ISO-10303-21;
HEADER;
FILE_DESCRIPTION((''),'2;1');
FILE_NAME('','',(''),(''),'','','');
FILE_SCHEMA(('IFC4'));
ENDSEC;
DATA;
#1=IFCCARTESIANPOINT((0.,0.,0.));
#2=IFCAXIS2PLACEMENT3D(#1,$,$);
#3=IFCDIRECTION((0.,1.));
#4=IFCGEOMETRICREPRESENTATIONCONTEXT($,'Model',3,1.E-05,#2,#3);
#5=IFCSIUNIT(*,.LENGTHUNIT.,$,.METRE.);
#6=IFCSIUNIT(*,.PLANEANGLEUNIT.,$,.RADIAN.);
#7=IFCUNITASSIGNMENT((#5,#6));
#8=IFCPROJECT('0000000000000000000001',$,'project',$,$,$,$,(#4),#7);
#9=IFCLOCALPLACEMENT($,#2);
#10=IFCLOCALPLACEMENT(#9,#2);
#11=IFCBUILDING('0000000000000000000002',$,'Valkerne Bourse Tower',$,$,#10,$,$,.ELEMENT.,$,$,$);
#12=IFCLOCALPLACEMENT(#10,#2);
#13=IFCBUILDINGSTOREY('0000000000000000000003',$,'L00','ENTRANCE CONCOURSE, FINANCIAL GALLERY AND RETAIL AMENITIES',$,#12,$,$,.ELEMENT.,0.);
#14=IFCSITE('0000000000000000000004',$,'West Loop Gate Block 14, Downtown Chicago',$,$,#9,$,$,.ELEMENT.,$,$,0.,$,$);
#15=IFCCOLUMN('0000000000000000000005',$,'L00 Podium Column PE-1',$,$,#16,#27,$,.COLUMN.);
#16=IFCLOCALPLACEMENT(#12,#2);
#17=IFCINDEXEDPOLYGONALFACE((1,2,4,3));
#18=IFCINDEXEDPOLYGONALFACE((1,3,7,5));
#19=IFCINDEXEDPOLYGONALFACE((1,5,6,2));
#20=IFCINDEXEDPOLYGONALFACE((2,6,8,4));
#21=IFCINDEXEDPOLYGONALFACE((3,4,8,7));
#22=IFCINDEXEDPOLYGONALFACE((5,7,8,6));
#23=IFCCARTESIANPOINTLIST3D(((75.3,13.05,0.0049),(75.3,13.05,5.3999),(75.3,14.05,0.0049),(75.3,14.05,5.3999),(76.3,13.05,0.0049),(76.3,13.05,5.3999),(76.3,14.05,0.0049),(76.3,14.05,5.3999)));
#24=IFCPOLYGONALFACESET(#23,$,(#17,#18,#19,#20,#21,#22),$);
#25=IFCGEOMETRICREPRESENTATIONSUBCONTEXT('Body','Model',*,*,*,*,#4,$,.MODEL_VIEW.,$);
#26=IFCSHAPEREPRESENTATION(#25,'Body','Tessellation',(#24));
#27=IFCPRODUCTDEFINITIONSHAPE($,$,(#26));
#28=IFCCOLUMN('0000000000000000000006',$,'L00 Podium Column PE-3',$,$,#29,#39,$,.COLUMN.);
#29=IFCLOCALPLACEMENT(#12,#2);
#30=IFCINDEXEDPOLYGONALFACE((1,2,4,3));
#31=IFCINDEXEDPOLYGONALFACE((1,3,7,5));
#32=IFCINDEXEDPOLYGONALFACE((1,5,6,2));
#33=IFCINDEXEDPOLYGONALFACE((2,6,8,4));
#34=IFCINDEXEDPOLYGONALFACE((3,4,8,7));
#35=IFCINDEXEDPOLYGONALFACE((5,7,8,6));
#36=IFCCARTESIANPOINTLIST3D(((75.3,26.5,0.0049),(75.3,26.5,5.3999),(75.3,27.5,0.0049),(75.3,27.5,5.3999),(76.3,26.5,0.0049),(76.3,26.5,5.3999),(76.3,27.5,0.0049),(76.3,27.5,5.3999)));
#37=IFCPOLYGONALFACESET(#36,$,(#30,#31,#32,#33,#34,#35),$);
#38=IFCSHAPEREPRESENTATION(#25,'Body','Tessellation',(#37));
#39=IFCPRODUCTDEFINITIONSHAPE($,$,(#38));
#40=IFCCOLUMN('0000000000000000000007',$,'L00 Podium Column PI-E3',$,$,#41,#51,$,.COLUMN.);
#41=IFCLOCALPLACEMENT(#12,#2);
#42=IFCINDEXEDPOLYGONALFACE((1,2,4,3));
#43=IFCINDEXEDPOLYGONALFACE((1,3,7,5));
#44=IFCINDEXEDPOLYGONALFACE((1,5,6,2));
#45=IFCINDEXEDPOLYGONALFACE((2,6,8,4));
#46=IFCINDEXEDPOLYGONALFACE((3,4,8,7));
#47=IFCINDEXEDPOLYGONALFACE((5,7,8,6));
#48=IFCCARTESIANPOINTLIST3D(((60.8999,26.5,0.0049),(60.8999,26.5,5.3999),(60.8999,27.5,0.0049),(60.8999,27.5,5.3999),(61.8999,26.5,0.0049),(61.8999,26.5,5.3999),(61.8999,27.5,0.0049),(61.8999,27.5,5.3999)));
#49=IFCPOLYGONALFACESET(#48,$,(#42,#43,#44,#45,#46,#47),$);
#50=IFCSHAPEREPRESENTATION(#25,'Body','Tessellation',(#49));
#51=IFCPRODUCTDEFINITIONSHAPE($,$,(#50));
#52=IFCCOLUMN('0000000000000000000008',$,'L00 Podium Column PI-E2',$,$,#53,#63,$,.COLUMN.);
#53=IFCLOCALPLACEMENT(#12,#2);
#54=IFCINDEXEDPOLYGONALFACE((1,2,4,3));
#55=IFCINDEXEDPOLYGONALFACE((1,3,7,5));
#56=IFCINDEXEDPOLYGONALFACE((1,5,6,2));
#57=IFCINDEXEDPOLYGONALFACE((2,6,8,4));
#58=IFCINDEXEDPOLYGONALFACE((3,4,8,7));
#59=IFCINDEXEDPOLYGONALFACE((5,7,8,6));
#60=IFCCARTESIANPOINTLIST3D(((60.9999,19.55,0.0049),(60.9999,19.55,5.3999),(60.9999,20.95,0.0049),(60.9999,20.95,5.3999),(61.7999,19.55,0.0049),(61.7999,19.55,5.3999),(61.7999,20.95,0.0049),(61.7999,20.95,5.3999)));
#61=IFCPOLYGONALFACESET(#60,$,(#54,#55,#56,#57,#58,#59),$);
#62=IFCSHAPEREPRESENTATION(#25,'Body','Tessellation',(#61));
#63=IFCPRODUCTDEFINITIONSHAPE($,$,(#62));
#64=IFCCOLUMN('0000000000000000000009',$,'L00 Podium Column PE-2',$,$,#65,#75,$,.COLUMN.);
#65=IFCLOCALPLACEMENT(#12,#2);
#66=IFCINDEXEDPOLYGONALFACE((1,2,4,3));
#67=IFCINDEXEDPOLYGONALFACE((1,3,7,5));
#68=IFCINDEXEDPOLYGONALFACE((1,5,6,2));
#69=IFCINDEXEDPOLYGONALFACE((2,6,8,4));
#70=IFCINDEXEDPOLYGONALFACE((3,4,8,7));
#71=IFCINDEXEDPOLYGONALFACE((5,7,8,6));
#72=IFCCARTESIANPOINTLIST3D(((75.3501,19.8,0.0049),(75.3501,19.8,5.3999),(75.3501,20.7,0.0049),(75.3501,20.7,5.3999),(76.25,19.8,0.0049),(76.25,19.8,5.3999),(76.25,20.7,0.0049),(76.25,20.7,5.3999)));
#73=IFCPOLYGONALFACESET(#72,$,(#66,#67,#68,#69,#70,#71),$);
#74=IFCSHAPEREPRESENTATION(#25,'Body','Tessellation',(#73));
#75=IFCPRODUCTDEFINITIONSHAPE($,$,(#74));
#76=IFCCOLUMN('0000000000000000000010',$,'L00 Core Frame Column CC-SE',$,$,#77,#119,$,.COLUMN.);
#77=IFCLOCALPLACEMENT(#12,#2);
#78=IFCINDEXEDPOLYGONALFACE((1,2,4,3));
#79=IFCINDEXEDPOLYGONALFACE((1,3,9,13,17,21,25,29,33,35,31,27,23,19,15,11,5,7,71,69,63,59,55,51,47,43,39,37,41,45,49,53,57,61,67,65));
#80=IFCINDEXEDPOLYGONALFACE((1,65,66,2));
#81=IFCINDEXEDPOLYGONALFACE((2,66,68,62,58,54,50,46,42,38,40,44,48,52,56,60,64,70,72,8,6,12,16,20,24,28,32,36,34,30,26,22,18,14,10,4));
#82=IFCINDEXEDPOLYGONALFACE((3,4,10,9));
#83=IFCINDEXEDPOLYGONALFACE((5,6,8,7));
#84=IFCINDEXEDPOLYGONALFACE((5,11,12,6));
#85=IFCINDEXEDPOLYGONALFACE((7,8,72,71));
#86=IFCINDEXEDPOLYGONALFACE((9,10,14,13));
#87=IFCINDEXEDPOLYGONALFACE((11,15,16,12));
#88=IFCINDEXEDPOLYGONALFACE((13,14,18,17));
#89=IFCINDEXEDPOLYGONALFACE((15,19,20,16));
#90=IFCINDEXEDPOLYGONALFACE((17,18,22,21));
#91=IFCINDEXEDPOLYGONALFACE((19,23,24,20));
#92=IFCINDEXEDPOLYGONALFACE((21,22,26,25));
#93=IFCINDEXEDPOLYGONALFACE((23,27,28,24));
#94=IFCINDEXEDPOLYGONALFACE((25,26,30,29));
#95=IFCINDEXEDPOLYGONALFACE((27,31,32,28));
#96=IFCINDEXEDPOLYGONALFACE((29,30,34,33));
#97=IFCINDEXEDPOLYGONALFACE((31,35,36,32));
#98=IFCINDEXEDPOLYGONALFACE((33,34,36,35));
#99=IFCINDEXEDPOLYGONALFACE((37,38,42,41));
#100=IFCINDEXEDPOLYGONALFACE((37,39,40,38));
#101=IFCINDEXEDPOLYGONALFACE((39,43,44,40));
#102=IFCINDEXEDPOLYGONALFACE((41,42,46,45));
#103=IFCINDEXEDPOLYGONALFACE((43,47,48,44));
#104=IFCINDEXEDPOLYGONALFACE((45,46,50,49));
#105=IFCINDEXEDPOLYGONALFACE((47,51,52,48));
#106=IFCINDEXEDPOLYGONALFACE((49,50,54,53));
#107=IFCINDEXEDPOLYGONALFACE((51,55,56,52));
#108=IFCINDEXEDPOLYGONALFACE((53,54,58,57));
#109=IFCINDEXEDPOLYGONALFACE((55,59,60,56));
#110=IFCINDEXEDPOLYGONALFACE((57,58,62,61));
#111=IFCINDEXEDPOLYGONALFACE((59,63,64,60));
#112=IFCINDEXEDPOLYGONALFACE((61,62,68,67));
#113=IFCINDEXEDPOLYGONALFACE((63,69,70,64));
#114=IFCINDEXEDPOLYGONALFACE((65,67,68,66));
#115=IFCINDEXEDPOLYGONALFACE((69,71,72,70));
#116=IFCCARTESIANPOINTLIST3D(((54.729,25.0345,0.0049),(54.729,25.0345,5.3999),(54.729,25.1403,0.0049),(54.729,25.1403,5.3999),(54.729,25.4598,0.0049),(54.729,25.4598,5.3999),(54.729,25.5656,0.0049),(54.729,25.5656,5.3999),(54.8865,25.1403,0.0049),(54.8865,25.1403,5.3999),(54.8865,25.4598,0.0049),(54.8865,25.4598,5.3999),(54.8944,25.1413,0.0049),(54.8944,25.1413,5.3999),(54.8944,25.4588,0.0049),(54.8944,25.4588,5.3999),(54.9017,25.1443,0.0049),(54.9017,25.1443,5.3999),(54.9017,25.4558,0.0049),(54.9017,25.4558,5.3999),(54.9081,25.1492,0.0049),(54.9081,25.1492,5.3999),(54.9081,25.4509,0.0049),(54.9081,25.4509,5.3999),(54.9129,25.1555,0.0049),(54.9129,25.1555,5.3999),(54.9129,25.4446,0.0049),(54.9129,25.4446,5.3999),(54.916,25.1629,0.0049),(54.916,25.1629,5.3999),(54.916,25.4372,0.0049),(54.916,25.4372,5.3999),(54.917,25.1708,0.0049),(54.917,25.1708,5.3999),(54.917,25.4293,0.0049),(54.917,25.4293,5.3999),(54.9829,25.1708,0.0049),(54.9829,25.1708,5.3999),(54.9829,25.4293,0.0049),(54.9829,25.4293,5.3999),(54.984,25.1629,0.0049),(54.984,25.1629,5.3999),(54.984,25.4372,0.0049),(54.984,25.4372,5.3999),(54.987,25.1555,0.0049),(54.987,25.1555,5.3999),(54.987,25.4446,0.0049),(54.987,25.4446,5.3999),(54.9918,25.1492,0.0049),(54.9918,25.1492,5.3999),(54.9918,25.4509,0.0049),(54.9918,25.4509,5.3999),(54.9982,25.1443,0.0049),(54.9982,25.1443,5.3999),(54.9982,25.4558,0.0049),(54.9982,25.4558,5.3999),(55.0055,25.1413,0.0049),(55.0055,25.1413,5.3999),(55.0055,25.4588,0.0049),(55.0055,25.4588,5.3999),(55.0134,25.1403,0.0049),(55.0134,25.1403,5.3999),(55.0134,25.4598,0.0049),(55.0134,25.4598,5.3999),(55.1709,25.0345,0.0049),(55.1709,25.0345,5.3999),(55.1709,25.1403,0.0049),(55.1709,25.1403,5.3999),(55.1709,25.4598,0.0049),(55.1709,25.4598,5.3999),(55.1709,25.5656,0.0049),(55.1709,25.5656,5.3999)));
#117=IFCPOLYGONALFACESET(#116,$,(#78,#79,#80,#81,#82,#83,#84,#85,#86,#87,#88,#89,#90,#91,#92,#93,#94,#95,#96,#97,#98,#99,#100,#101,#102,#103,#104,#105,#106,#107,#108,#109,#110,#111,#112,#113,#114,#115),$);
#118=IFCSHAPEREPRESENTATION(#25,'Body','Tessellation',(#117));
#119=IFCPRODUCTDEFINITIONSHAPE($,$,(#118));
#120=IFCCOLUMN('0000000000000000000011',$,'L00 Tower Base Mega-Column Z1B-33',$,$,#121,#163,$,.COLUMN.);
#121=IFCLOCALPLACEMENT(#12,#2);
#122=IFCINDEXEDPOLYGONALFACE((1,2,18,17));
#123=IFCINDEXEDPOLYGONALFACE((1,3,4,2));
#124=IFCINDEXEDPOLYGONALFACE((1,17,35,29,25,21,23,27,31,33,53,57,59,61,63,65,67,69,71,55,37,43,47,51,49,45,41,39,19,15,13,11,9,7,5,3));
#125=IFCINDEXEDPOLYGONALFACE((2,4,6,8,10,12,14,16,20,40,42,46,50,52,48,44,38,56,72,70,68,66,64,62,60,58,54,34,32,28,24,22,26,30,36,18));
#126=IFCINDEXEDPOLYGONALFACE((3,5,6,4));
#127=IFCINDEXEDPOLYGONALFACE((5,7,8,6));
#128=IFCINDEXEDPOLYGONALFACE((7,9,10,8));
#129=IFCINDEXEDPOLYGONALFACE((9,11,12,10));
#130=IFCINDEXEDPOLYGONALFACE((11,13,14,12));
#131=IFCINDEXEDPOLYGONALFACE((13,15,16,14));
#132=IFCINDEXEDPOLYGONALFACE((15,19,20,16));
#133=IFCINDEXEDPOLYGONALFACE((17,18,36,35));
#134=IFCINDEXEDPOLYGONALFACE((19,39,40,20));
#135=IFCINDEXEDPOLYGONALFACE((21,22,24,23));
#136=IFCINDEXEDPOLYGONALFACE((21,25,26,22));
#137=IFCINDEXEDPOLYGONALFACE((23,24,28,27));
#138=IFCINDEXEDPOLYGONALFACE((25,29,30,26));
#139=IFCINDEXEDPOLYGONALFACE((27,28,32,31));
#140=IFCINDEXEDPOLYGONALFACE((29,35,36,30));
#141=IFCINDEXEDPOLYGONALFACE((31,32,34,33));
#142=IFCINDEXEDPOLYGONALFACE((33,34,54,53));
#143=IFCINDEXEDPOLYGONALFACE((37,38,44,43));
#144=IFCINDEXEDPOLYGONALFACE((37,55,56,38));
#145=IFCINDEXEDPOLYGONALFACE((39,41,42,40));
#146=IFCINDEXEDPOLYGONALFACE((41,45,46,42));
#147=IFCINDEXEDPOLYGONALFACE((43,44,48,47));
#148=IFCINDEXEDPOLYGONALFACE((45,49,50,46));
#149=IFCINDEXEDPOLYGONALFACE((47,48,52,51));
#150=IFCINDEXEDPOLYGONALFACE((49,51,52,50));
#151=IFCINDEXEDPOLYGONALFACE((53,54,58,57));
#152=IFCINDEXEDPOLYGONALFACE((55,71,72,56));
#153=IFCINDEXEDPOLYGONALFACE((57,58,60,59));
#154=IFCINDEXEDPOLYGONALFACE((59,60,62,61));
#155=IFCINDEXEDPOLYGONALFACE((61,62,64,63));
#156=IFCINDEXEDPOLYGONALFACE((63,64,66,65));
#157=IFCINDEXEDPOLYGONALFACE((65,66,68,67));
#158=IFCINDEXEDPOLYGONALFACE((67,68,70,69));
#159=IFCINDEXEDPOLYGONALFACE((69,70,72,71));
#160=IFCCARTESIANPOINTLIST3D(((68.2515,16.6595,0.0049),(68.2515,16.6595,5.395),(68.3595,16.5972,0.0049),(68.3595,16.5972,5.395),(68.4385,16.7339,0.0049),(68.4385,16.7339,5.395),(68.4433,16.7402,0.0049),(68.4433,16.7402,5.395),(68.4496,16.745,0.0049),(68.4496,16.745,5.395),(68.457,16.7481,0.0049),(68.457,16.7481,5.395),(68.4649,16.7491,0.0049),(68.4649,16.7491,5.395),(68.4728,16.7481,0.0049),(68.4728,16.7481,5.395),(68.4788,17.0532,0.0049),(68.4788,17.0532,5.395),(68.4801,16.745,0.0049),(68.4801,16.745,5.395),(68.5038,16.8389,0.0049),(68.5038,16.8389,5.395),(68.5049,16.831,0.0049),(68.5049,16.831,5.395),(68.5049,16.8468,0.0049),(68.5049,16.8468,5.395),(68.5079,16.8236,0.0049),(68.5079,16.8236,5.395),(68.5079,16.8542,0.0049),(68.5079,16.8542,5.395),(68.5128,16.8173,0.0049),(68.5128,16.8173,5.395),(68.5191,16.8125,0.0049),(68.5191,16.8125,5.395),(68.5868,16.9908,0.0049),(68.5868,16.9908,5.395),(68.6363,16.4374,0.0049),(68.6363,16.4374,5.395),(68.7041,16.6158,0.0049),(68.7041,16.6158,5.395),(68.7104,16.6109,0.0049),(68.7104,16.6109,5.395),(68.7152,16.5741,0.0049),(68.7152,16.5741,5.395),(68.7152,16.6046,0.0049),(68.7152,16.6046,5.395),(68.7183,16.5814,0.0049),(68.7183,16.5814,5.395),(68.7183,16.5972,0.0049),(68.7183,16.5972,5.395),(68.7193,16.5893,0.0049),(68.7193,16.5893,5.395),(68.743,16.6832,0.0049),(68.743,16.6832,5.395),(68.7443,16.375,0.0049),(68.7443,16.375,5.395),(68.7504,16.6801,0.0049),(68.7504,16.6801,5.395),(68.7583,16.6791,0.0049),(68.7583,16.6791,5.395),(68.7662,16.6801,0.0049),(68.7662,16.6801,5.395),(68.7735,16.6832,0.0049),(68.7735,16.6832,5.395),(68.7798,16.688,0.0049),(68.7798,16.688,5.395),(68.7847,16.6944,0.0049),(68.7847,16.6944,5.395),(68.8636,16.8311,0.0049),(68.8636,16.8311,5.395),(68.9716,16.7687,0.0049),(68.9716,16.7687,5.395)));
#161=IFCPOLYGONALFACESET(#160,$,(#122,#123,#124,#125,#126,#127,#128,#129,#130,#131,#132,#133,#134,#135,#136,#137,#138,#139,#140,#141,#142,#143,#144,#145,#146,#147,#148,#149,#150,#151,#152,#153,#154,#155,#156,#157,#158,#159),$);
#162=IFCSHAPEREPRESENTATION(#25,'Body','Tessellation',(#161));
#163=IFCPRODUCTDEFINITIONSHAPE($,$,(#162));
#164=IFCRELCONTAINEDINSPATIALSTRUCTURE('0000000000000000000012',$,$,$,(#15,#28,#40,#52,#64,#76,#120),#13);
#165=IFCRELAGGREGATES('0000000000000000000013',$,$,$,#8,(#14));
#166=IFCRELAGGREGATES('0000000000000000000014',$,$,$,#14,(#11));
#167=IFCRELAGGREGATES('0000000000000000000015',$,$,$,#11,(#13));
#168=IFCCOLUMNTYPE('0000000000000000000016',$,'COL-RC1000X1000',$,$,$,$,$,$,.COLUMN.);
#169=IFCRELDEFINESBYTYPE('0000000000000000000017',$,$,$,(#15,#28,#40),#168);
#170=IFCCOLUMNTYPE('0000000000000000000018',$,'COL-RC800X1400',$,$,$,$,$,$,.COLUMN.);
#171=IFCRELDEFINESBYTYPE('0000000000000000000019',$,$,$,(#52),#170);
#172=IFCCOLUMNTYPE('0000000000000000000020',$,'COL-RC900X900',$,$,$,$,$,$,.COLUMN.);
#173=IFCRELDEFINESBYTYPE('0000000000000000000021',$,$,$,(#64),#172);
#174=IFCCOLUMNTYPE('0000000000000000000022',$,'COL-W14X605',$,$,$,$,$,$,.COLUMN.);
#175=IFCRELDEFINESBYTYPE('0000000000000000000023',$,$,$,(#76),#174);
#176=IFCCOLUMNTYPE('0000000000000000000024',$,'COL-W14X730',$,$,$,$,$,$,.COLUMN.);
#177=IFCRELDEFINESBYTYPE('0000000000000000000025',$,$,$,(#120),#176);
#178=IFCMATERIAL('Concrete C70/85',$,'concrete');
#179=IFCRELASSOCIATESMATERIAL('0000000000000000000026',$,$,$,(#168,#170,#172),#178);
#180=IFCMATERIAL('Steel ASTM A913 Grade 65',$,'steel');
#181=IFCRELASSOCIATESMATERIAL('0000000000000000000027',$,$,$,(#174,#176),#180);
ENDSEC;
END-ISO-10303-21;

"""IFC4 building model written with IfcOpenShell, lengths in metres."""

from ifc_helpers import new_model, si_unit, direction, frame, origin, origin_2d, place, context, subcontext, project, spatial, rectangle, i_section, extrude, material, material_profile, profile_set, type_object, element, save


model = new_model("IFC4")

# Units and contexts
model_context = context("Model", 3, precision=1e-05, world=origin(), true_north=direction((0.0, 1.0)))
body_context = subcontext(model_context, "Body", "Model", "MODEL_VIEW")
ifc_project = project(units=[si_unit("LENGTHUNIT", "METRE"), si_unit("PLANEANGLEUNIT", "RADIAN")], contexts=[model_context])

# Site, building, storey
site_placement = place(None, origin())
site = spatial("IfcSite", under=ifc_project, at=site_placement, Name="West Loop Gate Block 14, Downtown Chicago", CompositionType="ELEMENT", RefElevation=0.0)
building_placement = place(site_placement, origin())
building = spatial("IfcBuilding", under=site, at=building_placement, Name="Valkerne Bourse Tower", CompositionType="ELEMENT")
storey_placement = place(building_placement, origin())
storey = spatial("IfcBuildingStorey", under=building, at=storey_placement, Name="L00", Description="ENTRANCE CONCOURSE, FINANCIAL GALLERY AND RETAIL AMENITIES", CompositionType="ELEMENT", Elevation=0.0)

# Columns
ifc_material_1 = material(Name="Concrete C70/85", Category="concrete")
ifc_material_profile_1 = material_profile(ifc_material_1, rectangle(XDim=1.0, YDim=1.0, at=origin_2d()), Name="RC1000X1000")
ifc_profile_set_1 = profile_set([ifc_material_profile_1], Name="Concrete C70/85")
column_type_1 = type_object("IfcColumnType", Name="COL-RC1000X1000", PredefinedType="COLUMN", material=ifc_profile_set_1)
for number, where, z_axis, x_axis, name in (
    (1, (75.8, 13.55, 0.0049), (0.0, 0.0, 1.0), (1.0, 0.0, 0.0), "L00 Podium Column PE-1"),
    (2, (75.8, 27.0, 0.0049), (0.0, 0.0, 1.0), (1.0, 0.0, 0.0), "L00 Podium Column PE-3"),
    (3, (61.3999, 27.0, 0.0049), (0.0, 0.0, 1.0), (1.0, 0.0, 0.0), "L00 Podium Column PI-E3"),
):
    element("IfcColumn", number, at=place(storey_placement, frame(where, z_axis=z_axis, x_axis=x_axis)), inside=storey, type_object=column_type_1, Name=name, PredefinedType="COLUMN", context=body_context, shape_type="SweptSolid", body=[
        extrude(rectangle(XDim=1.0, YDim=1.0, at=origin_2d()), origin(), (0.0, 0.0, 1.0), 5.395),
    ])
ifc_material_profile_2 = material_profile(ifc_material_1, rectangle(XDim=0.8, YDim=1.3999, at=origin_2d()), Name="RC800X1400")
ifc_profile_set_2 = profile_set([ifc_material_profile_2], Name="Concrete C70/85")
column_type_2 = type_object("IfcColumnType", Name="COL-RC800X1400", PredefinedType="COLUMN", material=ifc_profile_set_2)
column_1_placement = place(storey_placement, frame((61.3999, 20.25, 0.0049), z_axis=(0.0, 0.0, 1.0), x_axis=(1.0, 0.0, 0.0)))
element("IfcColumn", 4, at=column_1_placement, inside=storey, type_object=column_type_2, Name="L00 Podium Column PI-E2", PredefinedType="COLUMN", context=body_context, shape_type="SweptSolid", body=[
    extrude(rectangle(XDim=0.8, YDim=1.3999, at=origin_2d()), origin(), (0.0, 0.0, 1.0), 5.395),
])
ifc_material_profile_3 = material_profile(ifc_material_1, rectangle(XDim=0.8999, YDim=0.8999, at=origin_2d()), Name="RC900X900")
ifc_profile_set_3 = profile_set([ifc_material_profile_3], Name="Concrete C70/85")
column_type_3 = type_object("IfcColumnType", Name="COL-RC900X900", PredefinedType="COLUMN", material=ifc_profile_set_3)
column_2_placement = place(storey_placement, frame((75.8, 20.25, 0.0049), z_axis=(0.0, 0.0, 1.0), x_axis=(1.0, 0.0, 0.0)))
element("IfcColumn", 5, at=column_2_placement, inside=storey, type_object=column_type_3, Name="L00 Podium Column PE-2", PredefinedType="COLUMN", context=body_context, shape_type="SweptSolid", body=[
    extrude(rectangle(XDim=0.8999, YDim=0.8999, at=origin_2d()), origin(), (0.0, 0.0, 1.0), 5.395),
])
ifc_material_2 = material(Name="Steel ASTM A913 Grade 65", Category="steel")
ifc_material_profile_4 = material_profile(ifc_material_2, i_section(OverallWidth=0.4419, OverallDepth=0.531, WebThickness=0.0659, FlangeThickness=0.1057, FilletRadius=0.0305, at=origin_2d()), Name="W14X605")
ifc_profile_set_4 = profile_set([ifc_material_profile_4], Name="Steel ASTM A913 Grade 65")
column_type_4 = type_object("IfcColumnType", Name="COL-W14X605", PredefinedType="COLUMN", material=ifc_profile_set_4)
column_3_placement = place(storey_placement, frame((54.95, 25.3, 0.0049), z_axis=(0.0, 0.0, 1.0), x_axis=(1.0, 0.0, 0.0)))
element("IfcColumn", 6, at=column_3_placement, inside=storey, type_object=column_type_4, Name="L00 Core Frame Column CC-SE", PredefinedType="COLUMN", context=body_context, shape_type="SweptSolid", body=[
    extrude(i_section(OverallWidth=0.4419, OverallDepth=0.531, WebThickness=0.0659, FlangeThickness=0.1057, FilletRadius=0.0305, at=origin_2d()), origin(), (0.0, 0.0, 1.0), 5.395),
])
ifc_material_profile_5 = material_profile(ifc_material_2, i_section(OverallWidth=0.4546, OverallDepth=0.5691, WebThickness=0.0779, FlangeThickness=0.1248, FilletRadius=0.0305, at=origin_2d()), Name="W14X730")
ifc_profile_set_5 = profile_set([ifc_material_profile_5], Name="Steel ASTM A913 Grade 65")
column_type_5 = type_object("IfcColumnType", Name="COL-W14X730", PredefinedType="COLUMN", material=ifc_profile_set_5)
for number, where, z_axis, x_axis, name in (
    (7, (68.6116, 16.7141, 0.0049), (0.0, 0.0, 1.0), (0.5, 0.866025, 0.0), "L00 Tower Base Mega-Column Z1B-33"),
):
    element("IfcColumn", number, at=place(storey_placement, frame(where, z_axis=z_axis, x_axis=x_axis)), inside=storey, type_object=column_type_5, Name=name, PredefinedType="COLUMN", context=body_context, shape_type="SweptSolid", body=[
        extrude(i_section(OverallWidth=0.4546, OverallDepth=0.5691, WebThickness=0.0779, FlangeThickness=0.1248, FilletRadius=0.0305, at=origin_2d()), origin(), (0.0, 0.0, 1.0), 5.3901),
    ])

save(model, "model.ifc")
